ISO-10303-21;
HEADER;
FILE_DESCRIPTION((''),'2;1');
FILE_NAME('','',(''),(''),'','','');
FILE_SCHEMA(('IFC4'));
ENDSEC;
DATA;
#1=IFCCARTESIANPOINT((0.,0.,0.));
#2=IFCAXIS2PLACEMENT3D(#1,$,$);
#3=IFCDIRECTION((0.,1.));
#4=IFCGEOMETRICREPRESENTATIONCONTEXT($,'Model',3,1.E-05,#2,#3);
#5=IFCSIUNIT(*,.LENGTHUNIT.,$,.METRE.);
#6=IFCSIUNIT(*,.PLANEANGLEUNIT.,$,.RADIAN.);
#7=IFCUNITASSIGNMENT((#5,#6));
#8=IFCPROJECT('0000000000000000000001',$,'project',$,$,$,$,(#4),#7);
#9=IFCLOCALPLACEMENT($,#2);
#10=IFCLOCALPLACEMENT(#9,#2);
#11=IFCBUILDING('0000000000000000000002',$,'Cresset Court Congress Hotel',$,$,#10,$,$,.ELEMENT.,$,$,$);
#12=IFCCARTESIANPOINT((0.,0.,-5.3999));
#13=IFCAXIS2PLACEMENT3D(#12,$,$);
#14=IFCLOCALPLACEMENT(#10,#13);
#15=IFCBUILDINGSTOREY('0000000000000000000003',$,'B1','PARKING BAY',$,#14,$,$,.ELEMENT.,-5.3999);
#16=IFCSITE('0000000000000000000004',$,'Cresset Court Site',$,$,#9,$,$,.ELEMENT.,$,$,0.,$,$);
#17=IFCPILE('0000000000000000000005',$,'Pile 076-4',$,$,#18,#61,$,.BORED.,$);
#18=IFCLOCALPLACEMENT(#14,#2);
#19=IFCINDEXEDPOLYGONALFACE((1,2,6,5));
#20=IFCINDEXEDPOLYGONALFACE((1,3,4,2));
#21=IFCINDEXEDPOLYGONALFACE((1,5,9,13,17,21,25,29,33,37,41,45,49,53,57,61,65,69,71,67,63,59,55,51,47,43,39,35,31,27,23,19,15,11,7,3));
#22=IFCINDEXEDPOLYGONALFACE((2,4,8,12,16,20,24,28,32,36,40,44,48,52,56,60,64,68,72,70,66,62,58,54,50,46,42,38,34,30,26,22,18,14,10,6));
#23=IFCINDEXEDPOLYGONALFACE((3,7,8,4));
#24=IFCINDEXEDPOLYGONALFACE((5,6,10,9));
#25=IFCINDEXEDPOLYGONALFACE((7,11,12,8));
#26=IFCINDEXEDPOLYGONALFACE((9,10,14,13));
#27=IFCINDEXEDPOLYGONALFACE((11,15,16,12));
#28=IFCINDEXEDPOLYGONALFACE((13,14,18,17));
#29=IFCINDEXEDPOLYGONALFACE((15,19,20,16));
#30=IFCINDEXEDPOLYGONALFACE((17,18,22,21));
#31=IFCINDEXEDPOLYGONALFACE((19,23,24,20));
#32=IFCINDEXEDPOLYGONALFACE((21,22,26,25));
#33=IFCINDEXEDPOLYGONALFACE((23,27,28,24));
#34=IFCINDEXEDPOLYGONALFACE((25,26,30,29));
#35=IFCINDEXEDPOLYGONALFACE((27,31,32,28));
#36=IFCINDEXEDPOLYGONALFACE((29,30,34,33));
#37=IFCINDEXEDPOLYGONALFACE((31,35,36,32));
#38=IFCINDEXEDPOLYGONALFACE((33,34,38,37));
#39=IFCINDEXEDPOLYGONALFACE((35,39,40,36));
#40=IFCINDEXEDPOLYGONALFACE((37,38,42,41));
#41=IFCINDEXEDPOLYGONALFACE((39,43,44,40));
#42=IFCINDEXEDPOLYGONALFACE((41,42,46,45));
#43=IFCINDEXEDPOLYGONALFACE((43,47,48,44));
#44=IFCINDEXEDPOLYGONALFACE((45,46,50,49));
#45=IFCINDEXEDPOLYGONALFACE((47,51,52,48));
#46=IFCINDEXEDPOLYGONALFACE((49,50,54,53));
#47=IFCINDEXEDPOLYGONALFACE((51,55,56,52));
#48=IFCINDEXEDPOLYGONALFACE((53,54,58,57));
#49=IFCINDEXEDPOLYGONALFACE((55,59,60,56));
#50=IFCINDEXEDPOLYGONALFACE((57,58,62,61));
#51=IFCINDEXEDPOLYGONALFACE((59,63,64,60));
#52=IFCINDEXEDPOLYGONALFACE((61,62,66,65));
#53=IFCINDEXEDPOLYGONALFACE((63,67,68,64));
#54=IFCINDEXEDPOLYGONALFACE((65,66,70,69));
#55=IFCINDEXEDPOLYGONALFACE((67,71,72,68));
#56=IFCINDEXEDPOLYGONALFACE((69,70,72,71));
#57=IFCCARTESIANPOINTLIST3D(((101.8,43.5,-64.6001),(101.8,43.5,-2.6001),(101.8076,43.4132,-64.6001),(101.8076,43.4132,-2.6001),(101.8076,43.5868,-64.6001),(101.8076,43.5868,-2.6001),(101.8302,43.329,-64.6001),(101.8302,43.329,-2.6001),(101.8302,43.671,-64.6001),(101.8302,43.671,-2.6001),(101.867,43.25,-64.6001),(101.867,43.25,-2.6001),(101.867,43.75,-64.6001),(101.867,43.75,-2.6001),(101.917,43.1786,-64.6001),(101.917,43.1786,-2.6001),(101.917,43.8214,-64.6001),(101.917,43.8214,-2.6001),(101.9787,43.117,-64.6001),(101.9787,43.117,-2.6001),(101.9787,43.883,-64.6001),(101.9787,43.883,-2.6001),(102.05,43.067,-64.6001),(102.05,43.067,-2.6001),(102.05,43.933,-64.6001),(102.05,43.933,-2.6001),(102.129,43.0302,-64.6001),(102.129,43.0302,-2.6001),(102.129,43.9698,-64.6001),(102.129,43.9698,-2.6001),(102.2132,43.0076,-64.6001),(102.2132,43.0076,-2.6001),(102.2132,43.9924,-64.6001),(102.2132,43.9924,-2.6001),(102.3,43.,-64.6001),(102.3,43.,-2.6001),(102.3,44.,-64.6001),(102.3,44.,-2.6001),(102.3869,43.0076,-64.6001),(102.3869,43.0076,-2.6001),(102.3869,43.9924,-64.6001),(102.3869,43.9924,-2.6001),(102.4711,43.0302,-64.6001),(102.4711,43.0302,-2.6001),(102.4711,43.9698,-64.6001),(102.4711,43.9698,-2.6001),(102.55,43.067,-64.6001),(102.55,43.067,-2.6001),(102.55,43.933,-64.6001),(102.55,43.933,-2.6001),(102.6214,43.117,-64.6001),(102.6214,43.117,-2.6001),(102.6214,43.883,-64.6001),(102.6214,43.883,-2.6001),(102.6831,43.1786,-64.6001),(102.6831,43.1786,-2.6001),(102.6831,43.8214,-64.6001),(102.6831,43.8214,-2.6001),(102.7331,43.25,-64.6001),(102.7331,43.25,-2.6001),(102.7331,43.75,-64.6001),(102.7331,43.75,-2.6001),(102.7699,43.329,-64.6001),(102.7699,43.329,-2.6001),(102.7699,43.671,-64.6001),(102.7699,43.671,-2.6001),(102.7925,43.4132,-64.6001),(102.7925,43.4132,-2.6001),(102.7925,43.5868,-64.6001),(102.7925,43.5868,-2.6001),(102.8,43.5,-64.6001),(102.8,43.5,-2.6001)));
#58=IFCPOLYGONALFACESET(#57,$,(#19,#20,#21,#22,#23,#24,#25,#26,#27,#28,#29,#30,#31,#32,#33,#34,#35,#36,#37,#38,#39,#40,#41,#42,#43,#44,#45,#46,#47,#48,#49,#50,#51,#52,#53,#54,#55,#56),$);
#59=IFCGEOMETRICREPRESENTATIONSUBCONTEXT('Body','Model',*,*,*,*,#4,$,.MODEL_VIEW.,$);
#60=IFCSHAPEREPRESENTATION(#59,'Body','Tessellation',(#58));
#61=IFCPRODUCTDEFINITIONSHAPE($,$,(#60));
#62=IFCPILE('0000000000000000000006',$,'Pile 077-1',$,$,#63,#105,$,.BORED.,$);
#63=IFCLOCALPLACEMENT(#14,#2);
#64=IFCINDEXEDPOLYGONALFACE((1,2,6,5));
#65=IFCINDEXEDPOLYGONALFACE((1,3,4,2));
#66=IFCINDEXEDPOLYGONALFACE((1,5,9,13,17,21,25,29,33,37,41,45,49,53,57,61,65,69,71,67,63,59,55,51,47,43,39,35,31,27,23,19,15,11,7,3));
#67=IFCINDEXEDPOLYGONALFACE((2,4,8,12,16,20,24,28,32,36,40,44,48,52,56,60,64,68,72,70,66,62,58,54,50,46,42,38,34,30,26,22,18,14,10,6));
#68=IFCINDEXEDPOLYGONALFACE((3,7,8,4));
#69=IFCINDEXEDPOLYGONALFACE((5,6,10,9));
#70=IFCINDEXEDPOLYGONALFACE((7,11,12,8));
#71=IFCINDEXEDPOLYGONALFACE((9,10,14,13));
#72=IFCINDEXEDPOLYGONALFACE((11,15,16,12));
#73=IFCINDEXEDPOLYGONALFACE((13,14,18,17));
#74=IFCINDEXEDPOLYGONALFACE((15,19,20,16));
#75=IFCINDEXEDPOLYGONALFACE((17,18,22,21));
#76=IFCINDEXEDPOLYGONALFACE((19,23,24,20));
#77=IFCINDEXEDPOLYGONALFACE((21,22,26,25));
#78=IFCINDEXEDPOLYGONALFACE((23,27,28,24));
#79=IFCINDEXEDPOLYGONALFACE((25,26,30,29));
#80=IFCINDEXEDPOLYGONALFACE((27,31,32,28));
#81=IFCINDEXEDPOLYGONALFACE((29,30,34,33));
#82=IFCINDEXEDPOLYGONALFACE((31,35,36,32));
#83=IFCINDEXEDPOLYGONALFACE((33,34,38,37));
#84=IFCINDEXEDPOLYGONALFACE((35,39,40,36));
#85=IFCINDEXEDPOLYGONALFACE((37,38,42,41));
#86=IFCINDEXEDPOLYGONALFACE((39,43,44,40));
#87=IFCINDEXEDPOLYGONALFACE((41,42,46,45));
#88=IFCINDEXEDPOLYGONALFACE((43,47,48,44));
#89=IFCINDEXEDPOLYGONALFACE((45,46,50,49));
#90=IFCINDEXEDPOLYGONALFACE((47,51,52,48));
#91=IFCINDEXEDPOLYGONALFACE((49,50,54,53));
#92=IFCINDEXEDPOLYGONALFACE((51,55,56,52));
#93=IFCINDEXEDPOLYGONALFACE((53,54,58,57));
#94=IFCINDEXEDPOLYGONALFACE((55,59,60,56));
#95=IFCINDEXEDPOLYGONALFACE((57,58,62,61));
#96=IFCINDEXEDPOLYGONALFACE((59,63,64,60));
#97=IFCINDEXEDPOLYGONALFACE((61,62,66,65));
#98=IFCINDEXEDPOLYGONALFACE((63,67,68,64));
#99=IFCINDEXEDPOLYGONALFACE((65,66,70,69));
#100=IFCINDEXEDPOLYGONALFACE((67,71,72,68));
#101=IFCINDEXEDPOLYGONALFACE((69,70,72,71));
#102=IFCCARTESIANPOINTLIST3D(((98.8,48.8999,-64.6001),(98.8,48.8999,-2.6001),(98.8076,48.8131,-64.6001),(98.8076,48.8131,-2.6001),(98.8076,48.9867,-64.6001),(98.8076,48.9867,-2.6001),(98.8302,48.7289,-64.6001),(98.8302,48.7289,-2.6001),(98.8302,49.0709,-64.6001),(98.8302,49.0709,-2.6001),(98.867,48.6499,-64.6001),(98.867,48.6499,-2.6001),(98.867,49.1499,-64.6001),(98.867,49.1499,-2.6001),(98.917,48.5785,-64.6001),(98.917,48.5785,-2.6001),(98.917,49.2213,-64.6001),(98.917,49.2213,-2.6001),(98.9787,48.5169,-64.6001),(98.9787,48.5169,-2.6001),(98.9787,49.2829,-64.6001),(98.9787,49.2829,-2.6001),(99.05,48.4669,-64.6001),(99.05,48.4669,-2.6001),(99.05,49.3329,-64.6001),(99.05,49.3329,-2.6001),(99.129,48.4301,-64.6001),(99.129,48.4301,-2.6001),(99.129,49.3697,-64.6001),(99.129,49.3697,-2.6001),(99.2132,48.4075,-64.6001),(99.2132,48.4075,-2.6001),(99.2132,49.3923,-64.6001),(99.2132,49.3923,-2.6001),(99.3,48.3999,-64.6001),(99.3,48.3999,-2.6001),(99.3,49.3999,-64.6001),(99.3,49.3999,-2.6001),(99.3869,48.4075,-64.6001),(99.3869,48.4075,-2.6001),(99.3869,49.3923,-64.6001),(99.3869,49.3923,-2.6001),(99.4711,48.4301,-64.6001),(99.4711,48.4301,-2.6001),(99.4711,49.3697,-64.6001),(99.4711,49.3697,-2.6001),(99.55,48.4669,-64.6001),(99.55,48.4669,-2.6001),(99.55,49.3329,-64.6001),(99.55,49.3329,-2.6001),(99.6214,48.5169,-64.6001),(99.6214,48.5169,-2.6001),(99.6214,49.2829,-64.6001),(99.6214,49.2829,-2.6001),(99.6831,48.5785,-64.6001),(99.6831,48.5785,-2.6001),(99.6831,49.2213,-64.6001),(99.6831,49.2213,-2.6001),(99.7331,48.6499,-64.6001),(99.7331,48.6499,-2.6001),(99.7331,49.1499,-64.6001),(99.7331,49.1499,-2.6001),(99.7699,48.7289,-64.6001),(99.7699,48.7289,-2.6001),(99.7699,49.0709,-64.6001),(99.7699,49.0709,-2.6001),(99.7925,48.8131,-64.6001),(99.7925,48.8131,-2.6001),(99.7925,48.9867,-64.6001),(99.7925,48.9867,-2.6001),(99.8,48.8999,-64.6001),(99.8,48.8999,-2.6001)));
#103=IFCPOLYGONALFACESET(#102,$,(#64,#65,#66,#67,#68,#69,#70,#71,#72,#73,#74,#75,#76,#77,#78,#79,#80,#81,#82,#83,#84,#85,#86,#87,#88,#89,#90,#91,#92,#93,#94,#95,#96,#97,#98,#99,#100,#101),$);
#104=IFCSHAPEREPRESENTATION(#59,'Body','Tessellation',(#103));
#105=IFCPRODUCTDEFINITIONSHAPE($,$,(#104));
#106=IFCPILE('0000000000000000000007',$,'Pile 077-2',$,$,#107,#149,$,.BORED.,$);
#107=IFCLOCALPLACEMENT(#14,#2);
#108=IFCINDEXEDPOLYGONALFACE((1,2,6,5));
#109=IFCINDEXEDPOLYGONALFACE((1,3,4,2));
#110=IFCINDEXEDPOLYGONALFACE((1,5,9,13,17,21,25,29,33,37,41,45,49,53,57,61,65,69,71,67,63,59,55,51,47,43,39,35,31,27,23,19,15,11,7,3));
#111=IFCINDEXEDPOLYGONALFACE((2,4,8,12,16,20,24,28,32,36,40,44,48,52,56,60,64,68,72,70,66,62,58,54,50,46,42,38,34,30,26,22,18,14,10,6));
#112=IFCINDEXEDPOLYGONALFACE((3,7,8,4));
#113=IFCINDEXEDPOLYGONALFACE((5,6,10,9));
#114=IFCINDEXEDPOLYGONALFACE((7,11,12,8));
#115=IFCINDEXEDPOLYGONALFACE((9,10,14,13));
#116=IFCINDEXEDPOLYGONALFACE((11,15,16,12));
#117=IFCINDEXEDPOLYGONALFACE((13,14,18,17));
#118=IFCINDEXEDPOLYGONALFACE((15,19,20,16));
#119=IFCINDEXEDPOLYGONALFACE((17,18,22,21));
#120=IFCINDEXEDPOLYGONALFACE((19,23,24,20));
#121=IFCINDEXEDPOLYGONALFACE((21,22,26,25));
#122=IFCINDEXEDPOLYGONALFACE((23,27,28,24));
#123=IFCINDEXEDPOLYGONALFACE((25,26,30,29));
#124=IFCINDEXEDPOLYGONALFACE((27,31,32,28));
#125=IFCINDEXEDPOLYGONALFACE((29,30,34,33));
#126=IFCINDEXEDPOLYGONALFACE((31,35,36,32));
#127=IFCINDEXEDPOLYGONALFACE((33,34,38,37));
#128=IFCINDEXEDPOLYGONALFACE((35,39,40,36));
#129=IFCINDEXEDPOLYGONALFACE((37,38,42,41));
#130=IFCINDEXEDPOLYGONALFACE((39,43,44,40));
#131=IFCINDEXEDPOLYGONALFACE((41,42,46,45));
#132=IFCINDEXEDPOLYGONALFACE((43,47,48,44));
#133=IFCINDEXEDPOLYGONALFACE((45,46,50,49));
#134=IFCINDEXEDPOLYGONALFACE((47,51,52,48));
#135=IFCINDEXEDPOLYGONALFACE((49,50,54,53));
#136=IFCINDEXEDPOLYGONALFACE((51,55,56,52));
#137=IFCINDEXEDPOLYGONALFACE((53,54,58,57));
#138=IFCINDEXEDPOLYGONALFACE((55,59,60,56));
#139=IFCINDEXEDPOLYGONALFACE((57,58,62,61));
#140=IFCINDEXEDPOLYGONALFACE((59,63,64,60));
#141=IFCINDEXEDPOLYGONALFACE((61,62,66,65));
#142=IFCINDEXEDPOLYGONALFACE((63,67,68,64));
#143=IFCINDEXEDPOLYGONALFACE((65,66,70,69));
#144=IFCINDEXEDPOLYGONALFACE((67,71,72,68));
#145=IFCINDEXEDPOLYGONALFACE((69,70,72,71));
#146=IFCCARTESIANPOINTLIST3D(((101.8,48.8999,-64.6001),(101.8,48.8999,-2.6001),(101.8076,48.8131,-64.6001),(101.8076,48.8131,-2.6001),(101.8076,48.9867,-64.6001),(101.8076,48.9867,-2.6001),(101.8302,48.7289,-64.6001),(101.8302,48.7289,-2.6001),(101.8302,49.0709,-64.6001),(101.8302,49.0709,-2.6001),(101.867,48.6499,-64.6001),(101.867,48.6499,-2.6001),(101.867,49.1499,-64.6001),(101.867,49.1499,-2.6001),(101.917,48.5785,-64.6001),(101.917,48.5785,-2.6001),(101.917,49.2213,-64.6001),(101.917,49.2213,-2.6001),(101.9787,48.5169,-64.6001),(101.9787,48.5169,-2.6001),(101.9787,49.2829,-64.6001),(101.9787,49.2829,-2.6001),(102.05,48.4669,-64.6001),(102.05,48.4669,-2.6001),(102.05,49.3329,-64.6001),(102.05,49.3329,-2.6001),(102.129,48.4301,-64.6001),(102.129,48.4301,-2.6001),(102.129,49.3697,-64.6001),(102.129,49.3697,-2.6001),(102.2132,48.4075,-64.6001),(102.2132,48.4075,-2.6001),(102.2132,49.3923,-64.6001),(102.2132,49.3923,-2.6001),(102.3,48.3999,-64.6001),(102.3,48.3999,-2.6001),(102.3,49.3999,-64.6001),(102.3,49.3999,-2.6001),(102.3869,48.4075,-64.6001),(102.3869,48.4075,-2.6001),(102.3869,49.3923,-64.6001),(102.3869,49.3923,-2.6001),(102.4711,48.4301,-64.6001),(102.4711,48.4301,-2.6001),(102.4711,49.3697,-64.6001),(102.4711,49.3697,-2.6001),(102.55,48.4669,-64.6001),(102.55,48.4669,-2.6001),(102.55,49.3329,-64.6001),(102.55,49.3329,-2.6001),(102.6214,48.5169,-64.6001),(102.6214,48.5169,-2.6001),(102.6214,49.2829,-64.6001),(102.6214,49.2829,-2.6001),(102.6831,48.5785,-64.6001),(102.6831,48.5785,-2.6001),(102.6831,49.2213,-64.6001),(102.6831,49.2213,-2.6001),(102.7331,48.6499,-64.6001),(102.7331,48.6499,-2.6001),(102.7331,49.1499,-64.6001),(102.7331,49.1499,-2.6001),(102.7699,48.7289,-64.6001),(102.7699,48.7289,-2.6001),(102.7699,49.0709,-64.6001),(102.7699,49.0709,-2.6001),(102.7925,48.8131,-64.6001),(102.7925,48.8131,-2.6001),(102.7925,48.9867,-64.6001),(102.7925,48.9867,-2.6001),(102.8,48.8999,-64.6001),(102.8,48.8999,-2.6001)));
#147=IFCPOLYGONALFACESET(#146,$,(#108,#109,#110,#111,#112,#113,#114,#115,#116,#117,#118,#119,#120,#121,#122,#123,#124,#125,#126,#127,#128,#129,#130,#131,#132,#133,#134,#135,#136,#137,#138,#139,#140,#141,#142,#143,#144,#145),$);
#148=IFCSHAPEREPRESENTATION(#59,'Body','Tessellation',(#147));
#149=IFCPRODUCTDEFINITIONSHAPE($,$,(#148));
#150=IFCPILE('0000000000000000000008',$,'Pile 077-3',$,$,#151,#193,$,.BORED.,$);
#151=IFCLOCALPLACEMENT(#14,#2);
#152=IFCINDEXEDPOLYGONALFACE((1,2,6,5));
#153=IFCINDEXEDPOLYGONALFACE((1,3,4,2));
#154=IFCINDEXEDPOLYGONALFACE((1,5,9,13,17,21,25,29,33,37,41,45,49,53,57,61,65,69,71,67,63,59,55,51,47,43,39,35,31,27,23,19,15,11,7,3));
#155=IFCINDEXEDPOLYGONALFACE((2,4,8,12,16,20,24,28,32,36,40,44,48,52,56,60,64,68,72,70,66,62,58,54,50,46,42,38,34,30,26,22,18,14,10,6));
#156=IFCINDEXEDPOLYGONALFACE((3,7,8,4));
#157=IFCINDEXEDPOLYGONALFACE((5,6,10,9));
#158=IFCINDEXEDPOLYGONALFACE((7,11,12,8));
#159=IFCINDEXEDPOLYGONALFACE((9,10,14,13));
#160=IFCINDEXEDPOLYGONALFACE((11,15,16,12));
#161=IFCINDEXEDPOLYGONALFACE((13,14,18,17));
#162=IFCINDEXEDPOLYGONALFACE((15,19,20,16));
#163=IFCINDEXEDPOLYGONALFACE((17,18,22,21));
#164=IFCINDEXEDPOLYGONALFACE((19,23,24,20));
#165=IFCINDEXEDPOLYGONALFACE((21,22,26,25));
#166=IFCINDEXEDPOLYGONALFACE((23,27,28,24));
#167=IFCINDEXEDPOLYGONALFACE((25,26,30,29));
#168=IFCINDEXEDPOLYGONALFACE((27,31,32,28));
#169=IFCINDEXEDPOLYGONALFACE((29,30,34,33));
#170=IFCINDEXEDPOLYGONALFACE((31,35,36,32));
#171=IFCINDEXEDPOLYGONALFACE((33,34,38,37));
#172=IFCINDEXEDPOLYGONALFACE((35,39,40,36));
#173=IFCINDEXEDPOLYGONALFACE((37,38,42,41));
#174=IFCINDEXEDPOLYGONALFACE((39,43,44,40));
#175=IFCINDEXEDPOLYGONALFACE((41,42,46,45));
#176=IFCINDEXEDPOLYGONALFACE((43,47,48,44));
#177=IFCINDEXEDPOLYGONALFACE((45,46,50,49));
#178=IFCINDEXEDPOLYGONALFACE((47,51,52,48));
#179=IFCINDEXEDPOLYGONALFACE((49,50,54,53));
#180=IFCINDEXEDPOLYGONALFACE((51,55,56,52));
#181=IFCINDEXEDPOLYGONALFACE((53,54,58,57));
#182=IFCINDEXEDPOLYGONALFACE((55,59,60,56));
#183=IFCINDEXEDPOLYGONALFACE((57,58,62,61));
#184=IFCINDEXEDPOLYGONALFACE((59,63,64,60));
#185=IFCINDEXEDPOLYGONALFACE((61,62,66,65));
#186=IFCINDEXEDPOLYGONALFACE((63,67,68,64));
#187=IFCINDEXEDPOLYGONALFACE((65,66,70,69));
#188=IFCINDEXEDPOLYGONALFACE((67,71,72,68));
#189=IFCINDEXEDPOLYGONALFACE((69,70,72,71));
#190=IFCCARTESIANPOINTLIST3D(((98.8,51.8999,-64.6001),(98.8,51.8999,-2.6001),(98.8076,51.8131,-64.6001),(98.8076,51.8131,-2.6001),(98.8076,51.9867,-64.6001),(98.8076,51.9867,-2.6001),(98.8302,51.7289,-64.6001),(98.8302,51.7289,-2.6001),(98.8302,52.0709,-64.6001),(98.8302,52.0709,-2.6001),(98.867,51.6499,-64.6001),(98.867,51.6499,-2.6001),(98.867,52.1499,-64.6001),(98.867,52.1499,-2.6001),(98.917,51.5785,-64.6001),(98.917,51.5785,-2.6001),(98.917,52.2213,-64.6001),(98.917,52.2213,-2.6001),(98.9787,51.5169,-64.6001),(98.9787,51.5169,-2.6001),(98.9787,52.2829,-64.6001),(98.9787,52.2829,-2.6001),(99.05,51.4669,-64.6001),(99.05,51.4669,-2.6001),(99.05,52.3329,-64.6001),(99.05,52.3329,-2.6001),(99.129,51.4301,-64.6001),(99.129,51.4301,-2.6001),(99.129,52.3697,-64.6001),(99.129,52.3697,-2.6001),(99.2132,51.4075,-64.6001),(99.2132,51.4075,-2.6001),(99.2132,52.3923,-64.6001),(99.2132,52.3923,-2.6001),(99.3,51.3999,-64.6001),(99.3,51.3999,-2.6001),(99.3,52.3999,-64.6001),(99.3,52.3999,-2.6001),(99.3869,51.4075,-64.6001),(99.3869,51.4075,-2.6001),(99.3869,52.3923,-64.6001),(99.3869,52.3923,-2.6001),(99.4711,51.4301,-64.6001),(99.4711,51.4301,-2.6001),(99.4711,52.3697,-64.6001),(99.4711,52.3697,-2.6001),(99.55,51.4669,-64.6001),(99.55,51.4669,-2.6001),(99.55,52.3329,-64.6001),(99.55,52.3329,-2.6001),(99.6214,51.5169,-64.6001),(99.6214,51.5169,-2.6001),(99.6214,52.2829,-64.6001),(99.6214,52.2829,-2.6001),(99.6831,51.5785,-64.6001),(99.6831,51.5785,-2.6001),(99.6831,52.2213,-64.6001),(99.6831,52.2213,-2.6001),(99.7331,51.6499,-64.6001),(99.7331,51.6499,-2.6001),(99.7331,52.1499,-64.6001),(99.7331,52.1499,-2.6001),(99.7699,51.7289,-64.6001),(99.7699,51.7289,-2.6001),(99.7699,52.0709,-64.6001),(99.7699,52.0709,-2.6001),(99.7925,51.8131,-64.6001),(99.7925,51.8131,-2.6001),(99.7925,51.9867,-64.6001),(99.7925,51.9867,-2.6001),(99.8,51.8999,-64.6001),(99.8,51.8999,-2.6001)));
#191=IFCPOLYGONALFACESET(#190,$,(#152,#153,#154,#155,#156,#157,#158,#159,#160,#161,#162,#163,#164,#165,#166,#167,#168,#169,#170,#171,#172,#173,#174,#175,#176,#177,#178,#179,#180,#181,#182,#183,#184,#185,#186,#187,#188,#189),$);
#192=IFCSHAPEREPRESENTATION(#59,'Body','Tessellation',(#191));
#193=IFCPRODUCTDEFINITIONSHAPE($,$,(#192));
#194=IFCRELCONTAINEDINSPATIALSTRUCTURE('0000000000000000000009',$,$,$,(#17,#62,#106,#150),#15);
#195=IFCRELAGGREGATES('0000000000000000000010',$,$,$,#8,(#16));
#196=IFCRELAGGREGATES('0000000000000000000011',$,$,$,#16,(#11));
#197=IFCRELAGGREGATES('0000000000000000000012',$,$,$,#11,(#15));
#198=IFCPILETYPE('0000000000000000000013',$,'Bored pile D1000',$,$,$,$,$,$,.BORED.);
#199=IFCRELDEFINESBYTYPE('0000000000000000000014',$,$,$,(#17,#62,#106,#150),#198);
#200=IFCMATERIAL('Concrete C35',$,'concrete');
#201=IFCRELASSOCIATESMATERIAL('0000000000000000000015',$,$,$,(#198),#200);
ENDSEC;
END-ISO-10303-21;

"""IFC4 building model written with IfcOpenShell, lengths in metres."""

from ifc_helpers import new_model, si_unit, direction, frame, origin, origin_2d, place, context, subcontext, project, spatial, circle, extrude, material, type_object, element, save


model = new_model("IFC4")

# Units and contexts
model_context = context("Model", 3, precision=1e-05, world=origin(), true_north=direction((0.0, 1.0)))
body_context = subcontext(model_context, "Body", "Model", "MODEL_VIEW")
ifc_project = project(units=[si_unit("LENGTHUNIT", "METRE"), si_unit("PLANEANGLEUNIT", "RADIAN")], contexts=[model_context])

# Site, building, storey
site_placement = place(None, origin())
site = spatial("IfcSite", under=ifc_project, at=site_placement, Name="Cresset Court Site", CompositionType="ELEMENT", RefElevation=0.0)
building_placement = place(site_placement, origin())
building = spatial("IfcBuilding", under=site, at=building_placement, Name="Cresset Court Congress Hotel", CompositionType="ELEMENT")
storey_placement = place(building_placement, frame((0.0, 0.0, -5.3999)))
storey = spatial("IfcBuildingStorey", under=building, at=storey_placement, Name="B1", Description="PARKING BAY", CompositionType="ELEMENT", Elevation=-5.3999)

# Piles
ifc_material_1 = material(Name="Concrete C35", Category="concrete")
pile_type = type_object("IfcPileType", Name="Bored pile D1000", PredefinedType="BORED", material=ifc_material_1)
for number, where, z_axis, x_axis, name in (
    (1, (102.3, 43.5, -2.6001), (0.0, 0.0, -1.0), (1.0, 0.0, 0.0), "Pile 076-4"),
    (2, (99.3, 48.8999, -2.6001), (0.0, 0.0, -1.0), (1.0, 0.0, 0.0), "Pile 077-1"),
    (3, (102.3, 48.8999, -2.6001), (0.0, 0.0, -1.0), (1.0, 0.0, 0.0), "Pile 077-2"),
    (4, (99.3, 51.8999, -2.6001), (0.0, 0.0, -1.0), (1.0, 0.0, 0.0), "Pile 077-3"),
):
    element("IfcPile", number, at=place(storey_placement, frame(where, z_axis=z_axis, x_axis=x_axis)), inside=storey, type_object=pile_type, Name=name, PredefinedType="BORED", context=body_context, shape_type="SweptSolid", body=[
        extrude(circle(Radius=0.5, at=origin_2d()), origin(), (0.0, 0.0, 1.0), 62.0),
    ])

save(model, "model.ifc")
